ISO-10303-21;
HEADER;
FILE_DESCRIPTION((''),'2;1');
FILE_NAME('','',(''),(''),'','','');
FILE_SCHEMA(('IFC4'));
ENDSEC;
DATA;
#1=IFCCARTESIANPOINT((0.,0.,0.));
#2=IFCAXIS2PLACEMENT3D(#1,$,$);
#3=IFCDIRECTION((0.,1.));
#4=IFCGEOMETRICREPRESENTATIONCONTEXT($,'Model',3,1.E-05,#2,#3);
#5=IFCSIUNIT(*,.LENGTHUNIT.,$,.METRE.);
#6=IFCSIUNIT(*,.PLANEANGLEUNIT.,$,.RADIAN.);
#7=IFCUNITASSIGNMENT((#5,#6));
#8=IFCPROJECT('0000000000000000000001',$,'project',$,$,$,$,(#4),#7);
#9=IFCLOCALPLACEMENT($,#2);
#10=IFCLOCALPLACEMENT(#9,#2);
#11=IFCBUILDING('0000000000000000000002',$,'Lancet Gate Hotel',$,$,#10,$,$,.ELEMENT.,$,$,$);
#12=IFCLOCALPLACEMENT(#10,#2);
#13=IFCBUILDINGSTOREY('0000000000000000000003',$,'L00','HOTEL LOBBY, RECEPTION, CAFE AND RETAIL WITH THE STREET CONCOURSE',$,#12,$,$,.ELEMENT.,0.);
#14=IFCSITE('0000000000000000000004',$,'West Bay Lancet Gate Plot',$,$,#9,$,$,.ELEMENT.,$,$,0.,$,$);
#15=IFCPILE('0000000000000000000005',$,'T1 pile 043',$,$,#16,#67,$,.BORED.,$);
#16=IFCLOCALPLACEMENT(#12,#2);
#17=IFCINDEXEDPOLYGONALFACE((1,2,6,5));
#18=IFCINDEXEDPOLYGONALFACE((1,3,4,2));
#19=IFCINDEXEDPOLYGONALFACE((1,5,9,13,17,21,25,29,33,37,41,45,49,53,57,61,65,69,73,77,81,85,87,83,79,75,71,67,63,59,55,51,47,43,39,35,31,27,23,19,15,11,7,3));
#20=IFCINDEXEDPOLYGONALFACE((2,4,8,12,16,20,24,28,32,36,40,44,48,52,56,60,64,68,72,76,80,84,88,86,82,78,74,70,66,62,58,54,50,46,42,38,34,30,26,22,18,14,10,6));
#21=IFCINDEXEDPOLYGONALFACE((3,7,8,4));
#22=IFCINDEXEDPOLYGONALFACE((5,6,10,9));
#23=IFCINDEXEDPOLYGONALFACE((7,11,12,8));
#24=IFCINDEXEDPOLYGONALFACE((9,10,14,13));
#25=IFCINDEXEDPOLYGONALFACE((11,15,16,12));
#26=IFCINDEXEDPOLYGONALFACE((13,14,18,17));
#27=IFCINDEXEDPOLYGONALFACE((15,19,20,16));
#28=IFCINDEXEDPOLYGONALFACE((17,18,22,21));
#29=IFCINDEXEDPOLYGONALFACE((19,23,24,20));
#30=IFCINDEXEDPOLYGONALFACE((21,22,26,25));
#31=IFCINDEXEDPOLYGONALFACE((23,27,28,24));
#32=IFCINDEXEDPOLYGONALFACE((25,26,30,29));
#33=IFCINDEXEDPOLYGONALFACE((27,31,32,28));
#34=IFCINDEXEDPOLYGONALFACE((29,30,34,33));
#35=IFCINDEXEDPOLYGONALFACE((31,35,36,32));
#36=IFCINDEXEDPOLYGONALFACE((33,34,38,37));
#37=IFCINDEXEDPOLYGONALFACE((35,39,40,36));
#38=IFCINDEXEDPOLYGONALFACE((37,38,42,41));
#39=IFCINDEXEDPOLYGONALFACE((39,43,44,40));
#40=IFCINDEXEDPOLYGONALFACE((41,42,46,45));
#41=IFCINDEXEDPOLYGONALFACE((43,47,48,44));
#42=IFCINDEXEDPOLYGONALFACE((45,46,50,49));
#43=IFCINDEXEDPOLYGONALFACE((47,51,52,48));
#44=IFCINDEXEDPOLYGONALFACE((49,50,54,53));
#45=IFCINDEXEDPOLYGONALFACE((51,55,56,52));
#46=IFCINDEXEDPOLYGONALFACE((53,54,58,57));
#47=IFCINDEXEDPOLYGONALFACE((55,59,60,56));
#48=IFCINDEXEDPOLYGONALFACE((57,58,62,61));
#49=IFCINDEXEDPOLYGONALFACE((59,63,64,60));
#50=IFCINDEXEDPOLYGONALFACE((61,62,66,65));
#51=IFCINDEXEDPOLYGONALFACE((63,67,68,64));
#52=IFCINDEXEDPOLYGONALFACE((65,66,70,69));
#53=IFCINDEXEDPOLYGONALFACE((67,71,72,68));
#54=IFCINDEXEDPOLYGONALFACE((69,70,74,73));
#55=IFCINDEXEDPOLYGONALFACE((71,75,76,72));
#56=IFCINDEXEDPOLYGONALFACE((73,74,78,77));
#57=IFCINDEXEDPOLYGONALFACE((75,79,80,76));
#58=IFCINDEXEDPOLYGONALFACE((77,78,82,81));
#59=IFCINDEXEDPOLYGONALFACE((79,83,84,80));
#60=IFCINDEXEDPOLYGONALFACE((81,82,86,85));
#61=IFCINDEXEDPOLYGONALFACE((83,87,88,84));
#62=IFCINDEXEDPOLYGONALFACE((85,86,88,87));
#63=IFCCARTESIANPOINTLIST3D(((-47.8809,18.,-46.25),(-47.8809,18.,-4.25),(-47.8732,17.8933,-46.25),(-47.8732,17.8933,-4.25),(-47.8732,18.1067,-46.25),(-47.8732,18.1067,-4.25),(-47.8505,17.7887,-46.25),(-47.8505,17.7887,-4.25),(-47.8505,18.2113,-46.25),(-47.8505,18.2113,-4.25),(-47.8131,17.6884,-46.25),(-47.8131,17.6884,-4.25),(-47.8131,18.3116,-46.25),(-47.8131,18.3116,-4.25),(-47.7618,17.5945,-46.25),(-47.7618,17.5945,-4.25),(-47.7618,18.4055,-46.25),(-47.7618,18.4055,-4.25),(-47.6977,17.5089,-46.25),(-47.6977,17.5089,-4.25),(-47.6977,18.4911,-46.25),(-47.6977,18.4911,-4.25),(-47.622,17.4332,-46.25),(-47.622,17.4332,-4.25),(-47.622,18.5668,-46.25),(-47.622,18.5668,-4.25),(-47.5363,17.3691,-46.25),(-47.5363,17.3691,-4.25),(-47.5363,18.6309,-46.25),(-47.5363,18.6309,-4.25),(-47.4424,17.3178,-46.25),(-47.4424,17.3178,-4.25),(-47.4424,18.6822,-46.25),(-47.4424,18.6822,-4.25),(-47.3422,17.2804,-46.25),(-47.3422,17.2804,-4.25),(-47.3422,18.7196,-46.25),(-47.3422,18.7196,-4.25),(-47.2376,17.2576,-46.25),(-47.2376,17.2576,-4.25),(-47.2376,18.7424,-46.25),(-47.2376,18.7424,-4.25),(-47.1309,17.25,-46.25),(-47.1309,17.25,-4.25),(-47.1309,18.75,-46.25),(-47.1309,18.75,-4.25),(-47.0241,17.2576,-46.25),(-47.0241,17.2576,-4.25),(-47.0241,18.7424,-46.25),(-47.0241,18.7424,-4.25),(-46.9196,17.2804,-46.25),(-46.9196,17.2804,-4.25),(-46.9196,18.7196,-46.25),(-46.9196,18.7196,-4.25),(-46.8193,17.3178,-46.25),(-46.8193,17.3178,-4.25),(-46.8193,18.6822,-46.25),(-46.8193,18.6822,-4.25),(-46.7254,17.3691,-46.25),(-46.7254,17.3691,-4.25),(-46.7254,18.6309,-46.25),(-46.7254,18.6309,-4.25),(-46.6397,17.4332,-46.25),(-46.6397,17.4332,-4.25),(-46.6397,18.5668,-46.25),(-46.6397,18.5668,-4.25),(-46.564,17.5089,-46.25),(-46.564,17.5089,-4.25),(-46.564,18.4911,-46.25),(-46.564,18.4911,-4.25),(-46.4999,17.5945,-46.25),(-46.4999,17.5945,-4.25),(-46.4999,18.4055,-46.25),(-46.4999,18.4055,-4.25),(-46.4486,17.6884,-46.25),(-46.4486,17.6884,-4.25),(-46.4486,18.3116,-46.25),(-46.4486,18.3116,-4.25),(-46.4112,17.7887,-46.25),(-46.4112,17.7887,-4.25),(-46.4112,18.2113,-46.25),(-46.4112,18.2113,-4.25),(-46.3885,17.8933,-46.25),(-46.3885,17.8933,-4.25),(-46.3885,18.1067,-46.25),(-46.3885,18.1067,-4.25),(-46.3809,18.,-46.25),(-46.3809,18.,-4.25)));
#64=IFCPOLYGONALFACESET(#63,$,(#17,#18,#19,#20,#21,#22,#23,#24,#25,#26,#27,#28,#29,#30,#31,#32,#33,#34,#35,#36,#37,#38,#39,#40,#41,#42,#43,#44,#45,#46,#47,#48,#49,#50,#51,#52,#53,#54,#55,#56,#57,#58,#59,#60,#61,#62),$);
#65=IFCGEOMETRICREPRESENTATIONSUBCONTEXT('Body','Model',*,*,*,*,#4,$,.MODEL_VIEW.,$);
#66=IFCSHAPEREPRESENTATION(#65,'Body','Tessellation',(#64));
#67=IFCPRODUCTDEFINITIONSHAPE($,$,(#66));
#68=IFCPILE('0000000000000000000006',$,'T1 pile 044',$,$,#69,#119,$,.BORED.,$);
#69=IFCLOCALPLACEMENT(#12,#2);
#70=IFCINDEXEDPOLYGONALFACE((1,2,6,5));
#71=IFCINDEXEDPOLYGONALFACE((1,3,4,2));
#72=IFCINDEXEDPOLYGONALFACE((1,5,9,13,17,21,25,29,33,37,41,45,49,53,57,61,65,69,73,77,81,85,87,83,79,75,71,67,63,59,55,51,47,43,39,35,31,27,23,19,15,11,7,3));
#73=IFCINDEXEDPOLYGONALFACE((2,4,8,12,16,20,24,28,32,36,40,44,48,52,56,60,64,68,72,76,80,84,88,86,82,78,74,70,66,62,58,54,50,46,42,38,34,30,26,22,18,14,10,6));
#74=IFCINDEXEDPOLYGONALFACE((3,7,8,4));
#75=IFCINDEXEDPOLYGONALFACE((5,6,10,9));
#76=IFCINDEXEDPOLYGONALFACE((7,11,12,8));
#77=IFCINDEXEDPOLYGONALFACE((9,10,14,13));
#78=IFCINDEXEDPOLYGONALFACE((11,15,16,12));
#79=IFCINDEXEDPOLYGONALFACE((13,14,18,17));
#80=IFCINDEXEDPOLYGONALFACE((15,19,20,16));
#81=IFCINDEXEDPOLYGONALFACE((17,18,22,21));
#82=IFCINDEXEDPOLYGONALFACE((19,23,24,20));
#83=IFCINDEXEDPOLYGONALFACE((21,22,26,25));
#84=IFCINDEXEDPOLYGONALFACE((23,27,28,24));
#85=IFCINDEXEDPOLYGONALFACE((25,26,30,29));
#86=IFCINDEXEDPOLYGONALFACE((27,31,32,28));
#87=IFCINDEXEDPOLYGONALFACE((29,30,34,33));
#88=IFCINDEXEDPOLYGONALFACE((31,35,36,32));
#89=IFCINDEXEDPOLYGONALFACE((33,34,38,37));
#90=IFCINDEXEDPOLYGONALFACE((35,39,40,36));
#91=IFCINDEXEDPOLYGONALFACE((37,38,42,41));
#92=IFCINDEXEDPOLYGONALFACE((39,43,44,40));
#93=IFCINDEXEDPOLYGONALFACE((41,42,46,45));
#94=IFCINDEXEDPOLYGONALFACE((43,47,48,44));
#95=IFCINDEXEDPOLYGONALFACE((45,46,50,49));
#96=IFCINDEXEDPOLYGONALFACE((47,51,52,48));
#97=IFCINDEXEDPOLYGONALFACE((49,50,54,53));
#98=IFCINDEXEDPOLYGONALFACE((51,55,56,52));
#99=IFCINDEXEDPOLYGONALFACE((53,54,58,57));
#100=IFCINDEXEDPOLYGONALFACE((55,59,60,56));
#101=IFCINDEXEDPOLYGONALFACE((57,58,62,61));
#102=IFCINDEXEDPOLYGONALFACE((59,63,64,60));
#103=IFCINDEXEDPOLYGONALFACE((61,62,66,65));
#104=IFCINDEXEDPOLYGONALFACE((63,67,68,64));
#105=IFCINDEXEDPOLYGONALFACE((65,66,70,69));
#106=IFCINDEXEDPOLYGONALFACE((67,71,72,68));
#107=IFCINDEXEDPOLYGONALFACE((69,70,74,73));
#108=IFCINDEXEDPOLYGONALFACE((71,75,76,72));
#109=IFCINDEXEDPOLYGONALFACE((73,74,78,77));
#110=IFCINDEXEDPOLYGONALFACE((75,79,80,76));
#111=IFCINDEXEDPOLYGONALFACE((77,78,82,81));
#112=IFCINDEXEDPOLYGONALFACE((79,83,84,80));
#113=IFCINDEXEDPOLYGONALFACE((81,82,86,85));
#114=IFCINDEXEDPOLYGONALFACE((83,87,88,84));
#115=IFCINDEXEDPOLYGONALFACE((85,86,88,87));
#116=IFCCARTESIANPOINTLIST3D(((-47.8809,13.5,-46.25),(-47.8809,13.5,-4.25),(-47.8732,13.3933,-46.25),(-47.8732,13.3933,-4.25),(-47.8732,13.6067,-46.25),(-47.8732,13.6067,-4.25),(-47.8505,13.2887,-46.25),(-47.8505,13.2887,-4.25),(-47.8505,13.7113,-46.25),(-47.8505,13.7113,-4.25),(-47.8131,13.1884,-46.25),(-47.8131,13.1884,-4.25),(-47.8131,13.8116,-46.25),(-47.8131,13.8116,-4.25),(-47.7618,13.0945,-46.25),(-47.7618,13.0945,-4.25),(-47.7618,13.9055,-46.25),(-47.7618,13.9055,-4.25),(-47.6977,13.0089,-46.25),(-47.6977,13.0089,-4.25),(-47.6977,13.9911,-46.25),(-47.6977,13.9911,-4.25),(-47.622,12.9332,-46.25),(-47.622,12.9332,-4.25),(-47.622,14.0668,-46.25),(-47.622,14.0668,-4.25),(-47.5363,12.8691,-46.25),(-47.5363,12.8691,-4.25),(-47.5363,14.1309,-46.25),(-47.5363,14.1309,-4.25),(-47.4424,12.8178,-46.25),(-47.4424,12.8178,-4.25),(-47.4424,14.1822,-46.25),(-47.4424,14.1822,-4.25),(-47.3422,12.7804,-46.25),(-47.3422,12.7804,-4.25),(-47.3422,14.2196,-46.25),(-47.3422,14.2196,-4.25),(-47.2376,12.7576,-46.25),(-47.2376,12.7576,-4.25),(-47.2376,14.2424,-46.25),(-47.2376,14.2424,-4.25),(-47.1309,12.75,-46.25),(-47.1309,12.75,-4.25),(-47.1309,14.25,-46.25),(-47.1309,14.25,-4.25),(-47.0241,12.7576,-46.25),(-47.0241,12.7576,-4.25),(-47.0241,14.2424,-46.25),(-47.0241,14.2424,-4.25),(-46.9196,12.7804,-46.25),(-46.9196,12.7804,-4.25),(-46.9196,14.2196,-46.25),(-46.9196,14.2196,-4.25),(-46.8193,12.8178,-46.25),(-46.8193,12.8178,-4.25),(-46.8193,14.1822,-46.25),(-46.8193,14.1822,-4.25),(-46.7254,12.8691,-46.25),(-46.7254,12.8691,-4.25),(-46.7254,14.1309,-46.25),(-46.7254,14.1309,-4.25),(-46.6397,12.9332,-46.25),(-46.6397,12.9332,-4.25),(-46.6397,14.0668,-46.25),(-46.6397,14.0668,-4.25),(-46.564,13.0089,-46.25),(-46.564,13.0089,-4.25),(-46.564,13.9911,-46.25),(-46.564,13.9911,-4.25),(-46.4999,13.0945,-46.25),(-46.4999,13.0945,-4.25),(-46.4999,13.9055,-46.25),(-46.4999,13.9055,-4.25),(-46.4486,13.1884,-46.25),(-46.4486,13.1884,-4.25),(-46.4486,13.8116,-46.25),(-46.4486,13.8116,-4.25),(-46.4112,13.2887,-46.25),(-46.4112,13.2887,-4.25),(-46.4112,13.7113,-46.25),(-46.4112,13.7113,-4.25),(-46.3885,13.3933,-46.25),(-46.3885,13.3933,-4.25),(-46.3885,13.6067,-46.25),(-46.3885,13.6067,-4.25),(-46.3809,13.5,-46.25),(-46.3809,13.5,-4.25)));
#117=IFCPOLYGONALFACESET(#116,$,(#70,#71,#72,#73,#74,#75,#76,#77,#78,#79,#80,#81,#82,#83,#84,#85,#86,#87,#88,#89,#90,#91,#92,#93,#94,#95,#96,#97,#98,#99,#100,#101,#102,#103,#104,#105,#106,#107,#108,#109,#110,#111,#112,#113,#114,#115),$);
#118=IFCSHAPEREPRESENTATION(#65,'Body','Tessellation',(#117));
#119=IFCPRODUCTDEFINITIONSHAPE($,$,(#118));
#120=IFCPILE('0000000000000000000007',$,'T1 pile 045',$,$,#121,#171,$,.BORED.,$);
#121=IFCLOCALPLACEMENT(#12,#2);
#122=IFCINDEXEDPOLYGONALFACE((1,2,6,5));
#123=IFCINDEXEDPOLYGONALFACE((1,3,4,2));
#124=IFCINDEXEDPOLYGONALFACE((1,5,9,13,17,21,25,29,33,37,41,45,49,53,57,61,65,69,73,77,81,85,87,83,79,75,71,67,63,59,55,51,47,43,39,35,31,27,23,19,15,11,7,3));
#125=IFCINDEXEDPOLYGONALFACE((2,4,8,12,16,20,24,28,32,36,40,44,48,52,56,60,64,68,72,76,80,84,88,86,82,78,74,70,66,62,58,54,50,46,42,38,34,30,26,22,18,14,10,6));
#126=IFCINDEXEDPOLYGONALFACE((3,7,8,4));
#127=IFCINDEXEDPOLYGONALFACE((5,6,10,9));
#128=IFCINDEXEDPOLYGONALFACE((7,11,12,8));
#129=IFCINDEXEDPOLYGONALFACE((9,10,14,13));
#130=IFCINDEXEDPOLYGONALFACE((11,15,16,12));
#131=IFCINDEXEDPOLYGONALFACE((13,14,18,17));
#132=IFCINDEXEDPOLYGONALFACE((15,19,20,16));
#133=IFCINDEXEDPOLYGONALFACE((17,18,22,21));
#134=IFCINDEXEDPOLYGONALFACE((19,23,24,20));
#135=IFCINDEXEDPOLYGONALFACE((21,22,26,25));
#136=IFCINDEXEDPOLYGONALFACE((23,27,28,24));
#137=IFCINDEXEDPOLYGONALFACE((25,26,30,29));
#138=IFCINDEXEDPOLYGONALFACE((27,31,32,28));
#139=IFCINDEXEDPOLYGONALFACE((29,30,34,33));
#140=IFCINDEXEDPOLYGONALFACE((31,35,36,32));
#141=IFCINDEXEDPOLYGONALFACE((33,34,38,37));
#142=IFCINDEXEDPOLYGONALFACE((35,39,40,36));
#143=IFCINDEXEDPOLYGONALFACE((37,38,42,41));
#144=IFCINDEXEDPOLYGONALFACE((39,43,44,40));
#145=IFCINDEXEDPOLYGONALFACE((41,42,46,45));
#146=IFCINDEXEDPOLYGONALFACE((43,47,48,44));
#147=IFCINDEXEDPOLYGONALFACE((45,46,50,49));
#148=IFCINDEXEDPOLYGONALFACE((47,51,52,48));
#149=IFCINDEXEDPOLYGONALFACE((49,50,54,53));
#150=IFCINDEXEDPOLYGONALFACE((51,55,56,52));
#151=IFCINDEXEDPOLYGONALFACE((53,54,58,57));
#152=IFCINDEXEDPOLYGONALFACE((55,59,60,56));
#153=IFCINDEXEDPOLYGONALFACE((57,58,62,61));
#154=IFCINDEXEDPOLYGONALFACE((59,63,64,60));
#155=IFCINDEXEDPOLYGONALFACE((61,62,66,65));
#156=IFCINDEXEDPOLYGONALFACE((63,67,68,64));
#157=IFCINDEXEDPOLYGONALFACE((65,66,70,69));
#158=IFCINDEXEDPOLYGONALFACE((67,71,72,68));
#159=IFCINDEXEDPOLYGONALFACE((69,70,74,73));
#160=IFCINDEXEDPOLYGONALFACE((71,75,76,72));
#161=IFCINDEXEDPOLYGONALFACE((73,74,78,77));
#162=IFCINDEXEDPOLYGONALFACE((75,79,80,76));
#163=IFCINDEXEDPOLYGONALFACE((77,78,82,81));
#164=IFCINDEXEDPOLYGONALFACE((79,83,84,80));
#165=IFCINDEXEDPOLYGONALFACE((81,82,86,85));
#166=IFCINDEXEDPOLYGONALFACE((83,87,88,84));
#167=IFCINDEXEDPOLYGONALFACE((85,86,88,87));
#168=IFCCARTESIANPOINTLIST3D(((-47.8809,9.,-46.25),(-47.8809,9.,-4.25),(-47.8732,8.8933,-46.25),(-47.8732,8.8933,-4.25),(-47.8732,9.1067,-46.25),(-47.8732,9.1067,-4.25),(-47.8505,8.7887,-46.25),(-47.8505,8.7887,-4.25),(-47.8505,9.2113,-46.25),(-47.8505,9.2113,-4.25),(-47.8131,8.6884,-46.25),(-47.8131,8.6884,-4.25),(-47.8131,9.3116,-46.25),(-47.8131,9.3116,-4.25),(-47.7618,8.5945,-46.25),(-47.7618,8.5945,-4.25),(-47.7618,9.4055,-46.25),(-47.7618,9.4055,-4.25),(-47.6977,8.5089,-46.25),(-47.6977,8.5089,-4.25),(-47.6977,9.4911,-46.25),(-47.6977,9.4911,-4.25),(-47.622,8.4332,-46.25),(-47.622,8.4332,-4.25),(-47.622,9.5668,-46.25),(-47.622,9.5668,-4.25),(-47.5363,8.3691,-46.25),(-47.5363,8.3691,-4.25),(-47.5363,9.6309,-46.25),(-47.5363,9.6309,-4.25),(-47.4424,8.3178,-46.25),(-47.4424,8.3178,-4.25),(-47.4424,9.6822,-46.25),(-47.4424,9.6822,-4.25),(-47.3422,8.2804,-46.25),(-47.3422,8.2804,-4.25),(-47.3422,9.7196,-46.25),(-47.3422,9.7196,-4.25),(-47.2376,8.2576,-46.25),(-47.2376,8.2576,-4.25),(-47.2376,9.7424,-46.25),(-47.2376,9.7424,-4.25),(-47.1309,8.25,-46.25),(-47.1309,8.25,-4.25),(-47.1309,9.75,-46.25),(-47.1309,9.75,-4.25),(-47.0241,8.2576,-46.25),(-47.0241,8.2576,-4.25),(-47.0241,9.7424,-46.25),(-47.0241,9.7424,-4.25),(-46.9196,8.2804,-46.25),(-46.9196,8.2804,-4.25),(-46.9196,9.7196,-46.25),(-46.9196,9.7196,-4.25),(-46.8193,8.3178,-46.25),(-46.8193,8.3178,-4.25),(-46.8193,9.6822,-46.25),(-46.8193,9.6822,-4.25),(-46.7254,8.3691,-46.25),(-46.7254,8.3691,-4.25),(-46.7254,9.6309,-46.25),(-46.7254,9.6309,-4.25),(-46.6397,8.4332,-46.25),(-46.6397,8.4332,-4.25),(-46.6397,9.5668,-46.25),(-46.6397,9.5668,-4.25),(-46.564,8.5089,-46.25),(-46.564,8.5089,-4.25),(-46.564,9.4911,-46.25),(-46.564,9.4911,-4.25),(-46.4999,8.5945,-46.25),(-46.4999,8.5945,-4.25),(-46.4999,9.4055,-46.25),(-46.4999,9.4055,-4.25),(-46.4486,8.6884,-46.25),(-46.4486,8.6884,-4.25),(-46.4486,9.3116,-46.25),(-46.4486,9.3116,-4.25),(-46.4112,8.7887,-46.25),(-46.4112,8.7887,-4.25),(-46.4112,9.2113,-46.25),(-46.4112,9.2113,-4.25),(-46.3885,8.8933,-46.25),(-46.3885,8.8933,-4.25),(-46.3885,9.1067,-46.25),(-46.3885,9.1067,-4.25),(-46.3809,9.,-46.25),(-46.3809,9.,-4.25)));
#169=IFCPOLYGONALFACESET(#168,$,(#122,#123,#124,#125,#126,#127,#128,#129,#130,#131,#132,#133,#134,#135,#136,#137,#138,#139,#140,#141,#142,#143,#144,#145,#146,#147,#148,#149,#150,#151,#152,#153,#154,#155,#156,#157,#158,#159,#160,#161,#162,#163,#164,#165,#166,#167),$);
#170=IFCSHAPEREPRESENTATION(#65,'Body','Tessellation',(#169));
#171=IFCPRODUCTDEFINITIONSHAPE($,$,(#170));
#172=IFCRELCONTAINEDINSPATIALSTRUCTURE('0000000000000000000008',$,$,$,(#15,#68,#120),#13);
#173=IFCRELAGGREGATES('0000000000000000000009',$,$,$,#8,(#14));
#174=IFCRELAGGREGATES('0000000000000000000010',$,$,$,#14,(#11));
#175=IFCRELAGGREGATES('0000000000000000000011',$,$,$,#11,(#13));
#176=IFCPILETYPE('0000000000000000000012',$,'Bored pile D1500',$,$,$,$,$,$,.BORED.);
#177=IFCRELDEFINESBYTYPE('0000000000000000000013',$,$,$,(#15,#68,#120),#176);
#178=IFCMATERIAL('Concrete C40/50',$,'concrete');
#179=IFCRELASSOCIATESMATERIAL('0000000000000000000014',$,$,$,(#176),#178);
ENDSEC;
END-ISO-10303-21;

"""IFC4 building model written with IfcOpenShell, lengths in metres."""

from ifc_helpers import new_model, si_unit, direction, frame, origin, origin_2d, place, context, subcontext, project, spatial, circle, extrude, material, material_profile, profile_set, type_object, element, save


model = new_model("IFC4")

# Units and contexts
model_context = context("Model", 3, precision=1e-05, world=origin(), true_north=direction((0.0, 1.0)))
body_context = subcontext(model_context, "Body", "Model", "MODEL_VIEW")
ifc_project = project(units=[si_unit("LENGTHUNIT", "METRE"), si_unit("PLANEANGLEUNIT", "RADIAN")], contexts=[model_context])

# Site, building, storey
site_placement = place(None, origin())
site = spatial("IfcSite", under=ifc_project, at=site_placement, Name="West Bay Lancet Gate Plot", CompositionType="ELEMENT", RefElevation=0.0)
building_placement = place(site_placement, origin())
building = spatial("IfcBuilding", under=site, at=building_placement, Name="Lancet Gate Hotel", CompositionType="ELEMENT")
storey_placement = place(building_placement, origin())
storey = spatial("IfcBuildingStorey", under=building, at=storey_placement, Name="L00", Description="HOTEL LOBBY, RECEPTION, CAFE AND RETAIL WITH THE STREET CONCOURSE", CompositionType="ELEMENT", Elevation=0.0)

# Piles
ifc_material_1 = material(Name="Concrete C40/50", Category="concrete")
ifc_material_profile_1 = material_profile(ifc_material_1, circle(Radius=0.75, at=origin_2d()), Name="PILE D1500")
ifc_profile_set_1 = profile_set([ifc_material_profile_1], Name="Concrete C40/50")
pile_type = type_object("IfcPileType", Name="Bored pile D1500", PredefinedType="BORED", material=ifc_profile_set_1)
for number, where, z_axis, x_axis, name in (
    (1, (-47.1309, 18.0, -4.25), (0.0, 0.0, -1.0), (1.0, 0.0, 0.0), "T1 pile 043"),
    (2, (-47.1309, 13.5, -4.25), (0.0, 0.0, -1.0), (1.0, 0.0, 0.0), "T1 pile 044"),
    (3, (-47.1309, 9.0, -4.25), (0.0, 0.0, -1.0), (1.0, 0.0, 0.0), "T1 pile 045"),
):
    element("IfcPile", number, at=place(storey_placement, frame(where, z_axis=z_axis, x_axis=x_axis)), inside=storey, type_object=pile_type, Name=name, PredefinedType="BORED", context=body_context, shape_type="SweptSolid", body=[
        extrude(circle(Radius=0.75, at=origin_2d()), origin(), (0.0, 0.0, 1.0), 42.0),
    ])

save(model, "model.ifc")
